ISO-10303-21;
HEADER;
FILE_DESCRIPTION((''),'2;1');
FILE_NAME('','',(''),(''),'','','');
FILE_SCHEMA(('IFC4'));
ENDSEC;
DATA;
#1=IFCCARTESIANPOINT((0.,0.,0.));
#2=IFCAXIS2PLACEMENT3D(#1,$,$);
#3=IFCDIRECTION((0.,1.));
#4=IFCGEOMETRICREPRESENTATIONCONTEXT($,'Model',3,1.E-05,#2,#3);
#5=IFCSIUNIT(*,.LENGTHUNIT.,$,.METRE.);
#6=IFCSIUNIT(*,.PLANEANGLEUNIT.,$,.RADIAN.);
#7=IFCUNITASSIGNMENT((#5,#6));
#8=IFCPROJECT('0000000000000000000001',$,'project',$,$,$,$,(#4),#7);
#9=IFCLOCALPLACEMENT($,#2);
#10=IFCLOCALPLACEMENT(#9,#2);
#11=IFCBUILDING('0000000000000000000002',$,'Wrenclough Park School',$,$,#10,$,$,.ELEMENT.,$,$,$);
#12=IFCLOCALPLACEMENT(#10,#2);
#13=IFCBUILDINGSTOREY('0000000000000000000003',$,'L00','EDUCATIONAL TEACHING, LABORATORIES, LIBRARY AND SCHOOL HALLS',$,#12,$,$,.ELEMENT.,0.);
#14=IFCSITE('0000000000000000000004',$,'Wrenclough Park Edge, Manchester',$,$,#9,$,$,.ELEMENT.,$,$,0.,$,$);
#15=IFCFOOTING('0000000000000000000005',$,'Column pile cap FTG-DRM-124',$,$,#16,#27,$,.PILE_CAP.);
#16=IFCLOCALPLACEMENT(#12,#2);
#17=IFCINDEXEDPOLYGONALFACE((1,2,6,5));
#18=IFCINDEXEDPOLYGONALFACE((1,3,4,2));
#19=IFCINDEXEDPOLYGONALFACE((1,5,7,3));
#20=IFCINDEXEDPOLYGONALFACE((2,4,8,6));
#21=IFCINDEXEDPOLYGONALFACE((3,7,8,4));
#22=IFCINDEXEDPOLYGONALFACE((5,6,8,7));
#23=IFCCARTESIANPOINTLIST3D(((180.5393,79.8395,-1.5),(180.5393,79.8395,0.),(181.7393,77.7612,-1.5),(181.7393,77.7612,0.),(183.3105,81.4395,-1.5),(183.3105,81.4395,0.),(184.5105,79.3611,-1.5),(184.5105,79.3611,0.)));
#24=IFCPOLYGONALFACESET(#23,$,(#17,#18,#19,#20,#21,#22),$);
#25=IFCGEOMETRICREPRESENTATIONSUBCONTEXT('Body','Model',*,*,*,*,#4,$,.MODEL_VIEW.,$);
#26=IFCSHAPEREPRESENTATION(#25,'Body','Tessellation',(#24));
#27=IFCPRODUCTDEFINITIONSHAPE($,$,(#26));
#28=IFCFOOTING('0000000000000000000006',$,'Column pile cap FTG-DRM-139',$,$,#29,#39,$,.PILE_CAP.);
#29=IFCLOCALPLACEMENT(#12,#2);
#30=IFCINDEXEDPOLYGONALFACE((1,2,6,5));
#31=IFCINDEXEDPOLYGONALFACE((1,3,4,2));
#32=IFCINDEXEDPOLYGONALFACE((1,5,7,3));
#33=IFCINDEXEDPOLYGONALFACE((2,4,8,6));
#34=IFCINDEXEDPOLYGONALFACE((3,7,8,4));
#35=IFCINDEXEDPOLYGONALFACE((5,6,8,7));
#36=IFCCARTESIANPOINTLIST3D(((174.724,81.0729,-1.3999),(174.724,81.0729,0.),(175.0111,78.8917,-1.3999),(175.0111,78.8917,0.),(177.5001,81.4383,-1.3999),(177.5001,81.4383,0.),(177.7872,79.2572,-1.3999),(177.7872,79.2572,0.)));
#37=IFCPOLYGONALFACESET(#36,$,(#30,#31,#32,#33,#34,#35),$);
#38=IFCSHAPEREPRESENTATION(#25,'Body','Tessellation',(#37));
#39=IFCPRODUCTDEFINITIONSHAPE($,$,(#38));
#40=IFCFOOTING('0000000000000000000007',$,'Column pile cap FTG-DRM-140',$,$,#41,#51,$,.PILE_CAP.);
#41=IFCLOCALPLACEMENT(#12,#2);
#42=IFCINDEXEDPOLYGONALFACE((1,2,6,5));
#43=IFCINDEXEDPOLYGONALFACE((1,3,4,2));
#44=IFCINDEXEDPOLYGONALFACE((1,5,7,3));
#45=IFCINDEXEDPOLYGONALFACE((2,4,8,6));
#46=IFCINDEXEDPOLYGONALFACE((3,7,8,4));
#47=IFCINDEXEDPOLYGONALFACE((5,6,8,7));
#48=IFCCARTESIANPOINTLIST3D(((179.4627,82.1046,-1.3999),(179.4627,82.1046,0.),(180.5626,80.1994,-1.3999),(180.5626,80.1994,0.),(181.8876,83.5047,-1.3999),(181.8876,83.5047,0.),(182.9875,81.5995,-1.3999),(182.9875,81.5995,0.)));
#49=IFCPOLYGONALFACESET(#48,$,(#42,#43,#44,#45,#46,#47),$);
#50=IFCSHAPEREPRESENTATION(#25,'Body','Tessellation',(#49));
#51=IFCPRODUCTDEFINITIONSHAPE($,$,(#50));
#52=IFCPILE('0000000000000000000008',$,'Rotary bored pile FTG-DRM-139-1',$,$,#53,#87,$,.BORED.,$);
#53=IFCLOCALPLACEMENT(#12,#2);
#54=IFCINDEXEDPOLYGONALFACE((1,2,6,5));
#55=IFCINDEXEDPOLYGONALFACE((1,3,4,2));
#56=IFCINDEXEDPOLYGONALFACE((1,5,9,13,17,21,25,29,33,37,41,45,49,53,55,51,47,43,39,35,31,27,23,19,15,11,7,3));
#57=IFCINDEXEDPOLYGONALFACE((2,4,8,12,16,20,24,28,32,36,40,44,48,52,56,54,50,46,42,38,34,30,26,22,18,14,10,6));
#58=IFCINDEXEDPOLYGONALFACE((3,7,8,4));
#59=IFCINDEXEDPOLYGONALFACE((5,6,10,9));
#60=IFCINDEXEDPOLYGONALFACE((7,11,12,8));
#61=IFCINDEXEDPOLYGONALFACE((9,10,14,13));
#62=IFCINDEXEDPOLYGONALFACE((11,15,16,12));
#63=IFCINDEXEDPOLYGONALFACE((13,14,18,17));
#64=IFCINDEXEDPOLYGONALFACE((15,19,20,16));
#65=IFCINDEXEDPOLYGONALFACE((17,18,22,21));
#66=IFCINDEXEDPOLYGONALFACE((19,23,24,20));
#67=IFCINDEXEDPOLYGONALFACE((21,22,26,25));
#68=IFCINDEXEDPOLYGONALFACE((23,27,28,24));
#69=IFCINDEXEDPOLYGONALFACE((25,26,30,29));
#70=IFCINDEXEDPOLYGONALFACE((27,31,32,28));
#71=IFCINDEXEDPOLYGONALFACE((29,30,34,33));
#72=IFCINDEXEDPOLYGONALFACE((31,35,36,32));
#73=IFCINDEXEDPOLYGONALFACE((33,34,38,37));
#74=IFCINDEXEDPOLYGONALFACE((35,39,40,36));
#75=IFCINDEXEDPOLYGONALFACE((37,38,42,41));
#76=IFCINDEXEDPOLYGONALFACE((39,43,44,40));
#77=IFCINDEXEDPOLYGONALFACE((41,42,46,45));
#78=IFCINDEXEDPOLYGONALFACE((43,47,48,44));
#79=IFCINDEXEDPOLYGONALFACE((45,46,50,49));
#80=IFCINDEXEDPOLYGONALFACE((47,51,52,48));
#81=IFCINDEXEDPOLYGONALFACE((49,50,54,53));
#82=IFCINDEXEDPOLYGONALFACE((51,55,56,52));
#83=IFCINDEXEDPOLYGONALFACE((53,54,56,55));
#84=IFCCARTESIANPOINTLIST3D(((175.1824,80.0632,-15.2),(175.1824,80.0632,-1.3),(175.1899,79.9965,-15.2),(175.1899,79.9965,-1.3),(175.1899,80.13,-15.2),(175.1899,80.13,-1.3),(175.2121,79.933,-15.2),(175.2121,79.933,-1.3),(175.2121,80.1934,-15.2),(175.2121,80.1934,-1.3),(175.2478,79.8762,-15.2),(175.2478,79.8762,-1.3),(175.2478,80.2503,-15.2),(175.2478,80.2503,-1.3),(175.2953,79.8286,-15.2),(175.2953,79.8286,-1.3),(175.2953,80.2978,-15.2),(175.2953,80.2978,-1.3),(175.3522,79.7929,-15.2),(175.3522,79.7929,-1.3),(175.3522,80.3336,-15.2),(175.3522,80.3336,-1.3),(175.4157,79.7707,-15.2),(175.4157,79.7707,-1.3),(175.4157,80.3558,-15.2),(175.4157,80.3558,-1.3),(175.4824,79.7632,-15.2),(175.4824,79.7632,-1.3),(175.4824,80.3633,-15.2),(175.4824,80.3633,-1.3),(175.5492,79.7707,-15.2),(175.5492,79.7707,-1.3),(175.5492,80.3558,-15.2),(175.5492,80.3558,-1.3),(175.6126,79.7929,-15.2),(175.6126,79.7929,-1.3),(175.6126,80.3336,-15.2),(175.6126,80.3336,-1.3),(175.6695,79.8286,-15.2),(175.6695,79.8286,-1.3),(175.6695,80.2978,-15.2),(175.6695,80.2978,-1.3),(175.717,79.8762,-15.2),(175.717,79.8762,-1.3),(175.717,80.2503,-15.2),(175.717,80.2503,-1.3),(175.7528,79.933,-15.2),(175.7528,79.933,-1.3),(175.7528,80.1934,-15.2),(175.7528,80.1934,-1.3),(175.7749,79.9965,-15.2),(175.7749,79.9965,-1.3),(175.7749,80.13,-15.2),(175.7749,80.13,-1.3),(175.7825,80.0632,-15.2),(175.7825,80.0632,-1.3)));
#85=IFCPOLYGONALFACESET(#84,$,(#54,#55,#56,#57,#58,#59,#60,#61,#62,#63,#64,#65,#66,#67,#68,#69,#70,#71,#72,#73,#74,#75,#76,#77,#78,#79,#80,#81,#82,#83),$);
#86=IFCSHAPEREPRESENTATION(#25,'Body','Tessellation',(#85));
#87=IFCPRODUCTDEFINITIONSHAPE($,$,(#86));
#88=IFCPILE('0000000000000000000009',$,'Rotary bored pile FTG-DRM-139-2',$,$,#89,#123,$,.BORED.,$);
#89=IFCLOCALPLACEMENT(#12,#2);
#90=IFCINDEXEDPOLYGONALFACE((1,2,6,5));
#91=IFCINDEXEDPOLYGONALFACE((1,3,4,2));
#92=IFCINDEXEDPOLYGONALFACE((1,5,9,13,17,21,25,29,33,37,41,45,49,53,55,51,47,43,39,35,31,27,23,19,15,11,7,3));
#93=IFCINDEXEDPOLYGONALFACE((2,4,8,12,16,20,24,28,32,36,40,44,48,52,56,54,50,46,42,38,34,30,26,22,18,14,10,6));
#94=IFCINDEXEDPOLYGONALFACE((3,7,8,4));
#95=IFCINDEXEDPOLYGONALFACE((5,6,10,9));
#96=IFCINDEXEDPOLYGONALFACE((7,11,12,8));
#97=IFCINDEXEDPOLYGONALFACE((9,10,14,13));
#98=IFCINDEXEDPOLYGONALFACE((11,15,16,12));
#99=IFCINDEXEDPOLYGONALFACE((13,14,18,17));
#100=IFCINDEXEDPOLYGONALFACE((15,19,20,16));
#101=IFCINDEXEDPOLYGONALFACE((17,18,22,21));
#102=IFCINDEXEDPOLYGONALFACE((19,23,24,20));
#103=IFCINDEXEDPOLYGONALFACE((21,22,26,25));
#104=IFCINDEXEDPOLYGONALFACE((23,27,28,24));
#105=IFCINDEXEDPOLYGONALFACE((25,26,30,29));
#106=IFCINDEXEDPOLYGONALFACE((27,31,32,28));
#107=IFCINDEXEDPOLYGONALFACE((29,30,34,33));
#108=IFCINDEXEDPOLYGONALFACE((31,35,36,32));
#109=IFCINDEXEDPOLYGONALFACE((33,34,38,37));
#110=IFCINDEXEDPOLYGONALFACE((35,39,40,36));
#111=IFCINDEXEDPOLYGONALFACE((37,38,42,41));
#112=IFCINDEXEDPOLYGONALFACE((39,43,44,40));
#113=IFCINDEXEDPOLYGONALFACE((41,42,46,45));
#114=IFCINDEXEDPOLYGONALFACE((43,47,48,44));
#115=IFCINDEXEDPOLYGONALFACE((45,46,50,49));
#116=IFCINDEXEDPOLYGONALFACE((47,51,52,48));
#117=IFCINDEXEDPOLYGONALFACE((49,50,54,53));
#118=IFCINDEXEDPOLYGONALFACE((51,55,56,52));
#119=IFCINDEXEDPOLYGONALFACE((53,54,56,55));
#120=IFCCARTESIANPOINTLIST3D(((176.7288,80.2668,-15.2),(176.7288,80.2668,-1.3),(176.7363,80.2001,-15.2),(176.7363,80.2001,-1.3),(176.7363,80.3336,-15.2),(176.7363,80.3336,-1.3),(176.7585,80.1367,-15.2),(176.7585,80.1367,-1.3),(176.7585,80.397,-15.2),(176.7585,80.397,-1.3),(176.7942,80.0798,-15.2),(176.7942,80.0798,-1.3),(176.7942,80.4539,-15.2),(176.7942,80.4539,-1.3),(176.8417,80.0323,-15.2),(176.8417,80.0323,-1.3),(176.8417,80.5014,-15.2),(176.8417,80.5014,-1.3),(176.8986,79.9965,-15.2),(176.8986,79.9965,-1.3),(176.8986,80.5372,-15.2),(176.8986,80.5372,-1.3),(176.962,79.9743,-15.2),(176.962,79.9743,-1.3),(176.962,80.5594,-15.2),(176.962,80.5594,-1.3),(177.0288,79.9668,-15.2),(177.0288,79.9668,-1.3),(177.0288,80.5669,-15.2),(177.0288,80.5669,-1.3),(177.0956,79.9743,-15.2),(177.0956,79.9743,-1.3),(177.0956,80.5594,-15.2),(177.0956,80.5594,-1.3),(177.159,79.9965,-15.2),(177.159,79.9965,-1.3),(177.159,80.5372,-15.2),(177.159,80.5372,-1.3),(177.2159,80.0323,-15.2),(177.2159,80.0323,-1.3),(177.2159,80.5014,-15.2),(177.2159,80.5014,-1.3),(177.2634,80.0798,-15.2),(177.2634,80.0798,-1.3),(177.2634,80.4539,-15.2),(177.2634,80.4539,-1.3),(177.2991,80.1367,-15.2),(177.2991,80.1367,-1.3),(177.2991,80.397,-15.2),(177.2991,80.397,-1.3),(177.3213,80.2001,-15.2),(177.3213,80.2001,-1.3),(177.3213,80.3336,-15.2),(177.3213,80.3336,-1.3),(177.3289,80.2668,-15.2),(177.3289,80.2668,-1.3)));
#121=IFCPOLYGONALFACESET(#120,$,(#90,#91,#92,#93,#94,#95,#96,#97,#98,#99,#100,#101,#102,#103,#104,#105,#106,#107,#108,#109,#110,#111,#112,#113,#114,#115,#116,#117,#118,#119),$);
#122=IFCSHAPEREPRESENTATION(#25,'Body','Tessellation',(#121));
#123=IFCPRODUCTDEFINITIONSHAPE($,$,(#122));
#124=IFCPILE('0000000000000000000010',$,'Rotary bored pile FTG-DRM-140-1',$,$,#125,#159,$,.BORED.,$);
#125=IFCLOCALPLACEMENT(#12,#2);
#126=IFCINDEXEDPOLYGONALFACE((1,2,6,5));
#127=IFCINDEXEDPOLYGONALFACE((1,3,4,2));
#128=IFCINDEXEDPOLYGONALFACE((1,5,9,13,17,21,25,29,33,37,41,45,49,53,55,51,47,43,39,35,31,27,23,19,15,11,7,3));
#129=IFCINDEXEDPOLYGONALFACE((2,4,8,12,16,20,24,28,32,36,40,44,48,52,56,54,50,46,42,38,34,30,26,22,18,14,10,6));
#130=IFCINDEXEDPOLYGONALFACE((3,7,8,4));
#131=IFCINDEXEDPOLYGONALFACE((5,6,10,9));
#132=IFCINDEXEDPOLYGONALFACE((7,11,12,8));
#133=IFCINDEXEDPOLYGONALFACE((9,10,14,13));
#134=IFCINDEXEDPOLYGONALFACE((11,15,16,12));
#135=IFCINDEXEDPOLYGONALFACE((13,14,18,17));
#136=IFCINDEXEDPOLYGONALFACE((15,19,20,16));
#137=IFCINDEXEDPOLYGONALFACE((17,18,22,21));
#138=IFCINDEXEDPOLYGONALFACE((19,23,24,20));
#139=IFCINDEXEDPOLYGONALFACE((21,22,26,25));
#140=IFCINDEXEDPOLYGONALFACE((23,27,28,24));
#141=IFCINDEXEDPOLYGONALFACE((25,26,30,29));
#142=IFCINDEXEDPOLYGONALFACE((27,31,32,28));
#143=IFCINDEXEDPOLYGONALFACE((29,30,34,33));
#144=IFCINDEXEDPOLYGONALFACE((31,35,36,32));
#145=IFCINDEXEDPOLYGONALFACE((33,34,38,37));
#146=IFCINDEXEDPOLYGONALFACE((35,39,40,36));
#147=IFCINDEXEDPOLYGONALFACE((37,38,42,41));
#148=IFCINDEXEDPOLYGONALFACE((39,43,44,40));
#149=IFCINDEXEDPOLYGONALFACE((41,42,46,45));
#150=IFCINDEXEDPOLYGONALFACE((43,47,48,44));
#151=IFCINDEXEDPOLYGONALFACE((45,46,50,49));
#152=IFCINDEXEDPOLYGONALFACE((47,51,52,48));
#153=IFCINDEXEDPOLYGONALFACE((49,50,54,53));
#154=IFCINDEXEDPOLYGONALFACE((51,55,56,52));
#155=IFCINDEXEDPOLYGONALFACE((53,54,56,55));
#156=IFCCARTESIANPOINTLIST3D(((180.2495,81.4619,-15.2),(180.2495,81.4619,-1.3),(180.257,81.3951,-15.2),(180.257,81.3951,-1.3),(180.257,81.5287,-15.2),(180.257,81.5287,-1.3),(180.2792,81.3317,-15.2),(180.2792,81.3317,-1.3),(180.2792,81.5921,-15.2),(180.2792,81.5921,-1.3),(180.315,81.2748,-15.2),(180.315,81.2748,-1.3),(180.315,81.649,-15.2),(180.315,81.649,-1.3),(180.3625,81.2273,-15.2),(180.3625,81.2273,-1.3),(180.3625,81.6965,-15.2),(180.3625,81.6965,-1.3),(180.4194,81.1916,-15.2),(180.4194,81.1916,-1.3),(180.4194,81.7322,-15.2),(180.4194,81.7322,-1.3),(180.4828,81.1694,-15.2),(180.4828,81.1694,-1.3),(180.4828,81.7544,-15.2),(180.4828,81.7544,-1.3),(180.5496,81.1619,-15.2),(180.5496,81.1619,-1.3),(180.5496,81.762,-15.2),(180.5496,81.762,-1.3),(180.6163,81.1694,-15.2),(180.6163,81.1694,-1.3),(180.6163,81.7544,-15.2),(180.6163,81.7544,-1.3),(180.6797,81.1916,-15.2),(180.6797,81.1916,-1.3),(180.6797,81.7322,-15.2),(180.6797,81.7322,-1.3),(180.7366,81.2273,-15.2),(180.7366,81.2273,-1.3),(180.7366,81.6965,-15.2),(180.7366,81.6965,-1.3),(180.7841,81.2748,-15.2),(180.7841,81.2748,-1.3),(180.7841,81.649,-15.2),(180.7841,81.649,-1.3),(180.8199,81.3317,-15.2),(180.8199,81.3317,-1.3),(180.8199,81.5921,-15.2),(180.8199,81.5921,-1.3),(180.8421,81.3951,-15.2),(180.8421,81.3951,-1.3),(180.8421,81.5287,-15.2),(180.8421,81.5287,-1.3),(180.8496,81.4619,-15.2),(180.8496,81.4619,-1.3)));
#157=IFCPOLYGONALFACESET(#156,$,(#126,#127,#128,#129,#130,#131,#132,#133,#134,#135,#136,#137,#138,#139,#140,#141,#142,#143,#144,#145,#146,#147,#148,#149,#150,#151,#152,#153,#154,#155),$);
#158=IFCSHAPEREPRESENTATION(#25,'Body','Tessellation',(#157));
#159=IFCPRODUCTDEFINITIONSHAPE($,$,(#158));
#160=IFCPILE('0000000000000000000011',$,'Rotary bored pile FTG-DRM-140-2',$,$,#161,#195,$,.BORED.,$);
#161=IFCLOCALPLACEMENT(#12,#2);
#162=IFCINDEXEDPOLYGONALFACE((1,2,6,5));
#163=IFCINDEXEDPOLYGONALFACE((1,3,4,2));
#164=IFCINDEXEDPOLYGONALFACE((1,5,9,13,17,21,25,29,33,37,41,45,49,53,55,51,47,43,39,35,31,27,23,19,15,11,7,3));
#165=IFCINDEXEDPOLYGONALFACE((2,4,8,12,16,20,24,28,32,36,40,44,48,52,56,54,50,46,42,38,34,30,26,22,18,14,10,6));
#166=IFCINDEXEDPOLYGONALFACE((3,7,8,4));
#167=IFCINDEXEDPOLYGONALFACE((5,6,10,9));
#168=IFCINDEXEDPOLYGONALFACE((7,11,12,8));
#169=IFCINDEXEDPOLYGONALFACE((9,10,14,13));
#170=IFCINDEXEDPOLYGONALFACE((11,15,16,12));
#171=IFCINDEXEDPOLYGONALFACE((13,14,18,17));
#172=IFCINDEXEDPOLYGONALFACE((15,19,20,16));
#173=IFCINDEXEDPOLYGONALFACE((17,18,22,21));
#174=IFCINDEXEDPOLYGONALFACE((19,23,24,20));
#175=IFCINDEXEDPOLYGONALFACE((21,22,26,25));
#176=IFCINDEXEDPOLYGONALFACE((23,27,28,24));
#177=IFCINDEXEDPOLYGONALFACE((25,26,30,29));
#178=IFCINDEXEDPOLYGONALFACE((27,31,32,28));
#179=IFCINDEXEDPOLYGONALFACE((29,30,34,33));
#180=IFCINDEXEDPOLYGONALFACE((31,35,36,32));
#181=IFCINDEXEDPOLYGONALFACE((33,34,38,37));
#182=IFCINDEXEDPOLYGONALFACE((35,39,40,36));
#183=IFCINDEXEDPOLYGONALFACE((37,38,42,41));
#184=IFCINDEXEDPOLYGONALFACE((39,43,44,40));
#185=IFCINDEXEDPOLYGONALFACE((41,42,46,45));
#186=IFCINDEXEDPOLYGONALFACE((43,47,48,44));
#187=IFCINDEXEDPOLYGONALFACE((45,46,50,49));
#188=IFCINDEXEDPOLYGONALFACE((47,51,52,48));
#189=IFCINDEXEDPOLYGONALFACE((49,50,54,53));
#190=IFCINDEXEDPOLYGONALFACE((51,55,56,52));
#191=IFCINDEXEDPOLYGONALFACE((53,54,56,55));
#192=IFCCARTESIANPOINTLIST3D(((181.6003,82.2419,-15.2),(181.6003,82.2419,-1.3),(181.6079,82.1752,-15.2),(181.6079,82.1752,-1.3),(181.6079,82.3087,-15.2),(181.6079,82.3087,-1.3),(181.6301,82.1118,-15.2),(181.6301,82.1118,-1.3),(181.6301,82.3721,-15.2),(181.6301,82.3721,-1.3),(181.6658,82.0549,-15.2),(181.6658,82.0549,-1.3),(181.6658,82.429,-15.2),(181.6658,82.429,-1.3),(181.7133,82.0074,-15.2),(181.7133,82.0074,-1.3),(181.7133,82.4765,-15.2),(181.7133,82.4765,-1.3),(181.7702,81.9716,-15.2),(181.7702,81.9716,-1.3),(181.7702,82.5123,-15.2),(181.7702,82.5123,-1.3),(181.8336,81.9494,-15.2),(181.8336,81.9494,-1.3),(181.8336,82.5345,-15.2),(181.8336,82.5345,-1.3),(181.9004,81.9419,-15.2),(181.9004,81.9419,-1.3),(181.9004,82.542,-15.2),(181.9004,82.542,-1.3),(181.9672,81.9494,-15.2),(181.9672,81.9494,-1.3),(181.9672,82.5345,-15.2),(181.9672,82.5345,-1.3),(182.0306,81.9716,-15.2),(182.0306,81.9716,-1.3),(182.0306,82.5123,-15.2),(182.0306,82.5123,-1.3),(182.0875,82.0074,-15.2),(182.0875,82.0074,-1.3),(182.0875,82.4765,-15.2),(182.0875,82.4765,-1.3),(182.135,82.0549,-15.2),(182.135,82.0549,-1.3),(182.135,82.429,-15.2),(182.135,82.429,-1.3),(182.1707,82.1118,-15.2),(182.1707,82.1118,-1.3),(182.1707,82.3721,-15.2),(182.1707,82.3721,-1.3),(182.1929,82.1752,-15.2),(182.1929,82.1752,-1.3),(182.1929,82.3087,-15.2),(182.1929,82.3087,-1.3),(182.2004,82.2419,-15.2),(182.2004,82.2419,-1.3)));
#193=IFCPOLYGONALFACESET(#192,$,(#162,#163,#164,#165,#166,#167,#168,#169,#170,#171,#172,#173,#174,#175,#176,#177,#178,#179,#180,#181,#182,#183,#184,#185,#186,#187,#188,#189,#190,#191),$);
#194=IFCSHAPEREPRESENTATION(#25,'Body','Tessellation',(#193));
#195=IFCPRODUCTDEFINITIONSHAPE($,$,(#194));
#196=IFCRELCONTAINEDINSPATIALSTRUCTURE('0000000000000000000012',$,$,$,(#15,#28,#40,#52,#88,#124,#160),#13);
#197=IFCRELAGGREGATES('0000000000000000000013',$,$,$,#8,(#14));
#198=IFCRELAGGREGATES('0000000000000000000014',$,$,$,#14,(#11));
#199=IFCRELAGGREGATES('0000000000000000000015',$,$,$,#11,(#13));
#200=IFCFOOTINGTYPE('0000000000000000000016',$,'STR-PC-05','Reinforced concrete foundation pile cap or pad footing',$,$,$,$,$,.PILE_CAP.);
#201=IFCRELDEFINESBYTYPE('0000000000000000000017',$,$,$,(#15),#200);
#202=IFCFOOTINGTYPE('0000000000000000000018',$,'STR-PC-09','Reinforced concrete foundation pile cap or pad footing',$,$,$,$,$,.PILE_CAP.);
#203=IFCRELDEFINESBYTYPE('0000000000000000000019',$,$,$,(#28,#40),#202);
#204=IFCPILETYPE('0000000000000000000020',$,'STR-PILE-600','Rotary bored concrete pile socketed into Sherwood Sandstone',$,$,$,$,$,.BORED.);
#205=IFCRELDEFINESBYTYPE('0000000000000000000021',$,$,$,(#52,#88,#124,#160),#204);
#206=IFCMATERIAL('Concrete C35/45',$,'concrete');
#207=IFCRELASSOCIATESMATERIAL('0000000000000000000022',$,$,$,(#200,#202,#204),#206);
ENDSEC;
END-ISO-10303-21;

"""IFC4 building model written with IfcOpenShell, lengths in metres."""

from ifc_helpers import new_model, si_unit, direction, frame, origin, origin_2d, place, context, subcontext, project, spatial, rectangle, circle, extrude, material, material_profile, profile_set, type_object, element, save


model = new_model("IFC4")

# Units and contexts
model_context = context("Model", 3, precision=1e-05, world=origin(), true_north=direction((0.0, 1.0)))
body_context = subcontext(model_context, "Body", "Model", "MODEL_VIEW")
ifc_project = project(units=[si_unit("LENGTHUNIT", "METRE"), si_unit("PLANEANGLEUNIT", "RADIAN")], contexts=[model_context])

# Site, building, storey
site_placement = place(None, origin())
site = spatial("IfcSite", under=ifc_project, at=site_placement, Name="Wrenclough Park Edge, Manchester", CompositionType="ELEMENT", RefElevation=0.0)
building_placement = place(site_placement, origin())
building = spatial("IfcBuilding", under=site, at=building_placement, Name="Wrenclough Park School", CompositionType="ELEMENT")
storey_placement = place(building_placement, origin())
storey = spatial("IfcBuildingStorey", under=building, at=storey_placement, Name="L00", Description="EDUCATIONAL TEACHING, LABORATORIES, LIBRARY AND SCHOOL HALLS", CompositionType="ELEMENT", Elevation=0.0)

# Footings
ifc_material_1 = material(Name="Concrete C35/45", Category="concrete")
footing_type_1 = type_object("IfcFootingType", Name="STR-PC-05", Description="Reinforced concrete foundation pile cap or pad footing", PredefinedType="PILE_CAP", material=ifc_material_1)
footing_placement = place(storey_placement, frame((182.5249, 79.6003, -1.5), z_axis=(0.0, 0.0, 1.0), x_axis=(0.866025, 0.5, 0.0)))
element("IfcFooting", 1, at=footing_placement, inside=storey, type_object=footing_type_1, Name="Column pile cap FTG-DRM-124", PredefinedType="PILE_CAP", context=body_context, shape_type="SweptSolid", body=[
    extrude(rectangle(XDim=3.2, YDim=2.3999, at=origin_2d()), origin(), (0.0, 0.0, 1.0), 1.5),
])
footing_type_2 = type_object("IfcFootingType", Name="STR-PC-09", Description="Reinforced concrete foundation pile cap or pad footing", PredefinedType="PILE_CAP", material=ifc_material_1)
for number, where, z_axis, x_axis, name in (
    (2, (176.2556, 80.165, -1.3999), (0.0, 0.0, 1.0), (0.991445, 0.130526, 0.0), "Column pile cap FTG-DRM-139"),
    (3, (181.2251, 81.8521, -1.3999), (0.0, 0.0, 1.0), (0.866025, 0.5, 0.0), "Column pile cap FTG-DRM-140"),
):
    element("IfcFooting", number, at=place(storey_placement, frame(where, z_axis=z_axis, x_axis=x_axis)), inside=storey, type_object=footing_type_2, Name=name, PredefinedType="PILE_CAP", context=body_context, shape_type="SweptSolid", body=[
        extrude(rectangle(XDim=2.8, YDim=2.2, at=origin_2d()), origin(), (0.0, 0.0, 1.0), 1.3999),
    ])

# Piles
ifc_material_profile_1 = material_profile(ifc_material_1, circle(Radius=0.3, at=origin_2d()), Name="BORED PILE D600")
ifc_profile_set_1 = profile_set([ifc_material_profile_1], Name="Concrete C35/45")
pile_type_1 = type_object("IfcPileType", Name="STR-PILE-600", Description="Rotary bored concrete pile socketed into Sherwood Sandstone", PredefinedType="BORED", material=ifc_profile_set_1)
for number, where, z_axis, x_axis, name in (
    (4, (175.4824, 80.0632, -1.3), (0.0, 0.0, -1.0), (1.0, 0.0, 0.0), "Rotary bored pile FTG-DRM-139-1"),
    (5, (177.0288, 80.2668, -1.3), (0.0, 0.0, -1.0), (1.0, 0.0, 0.0), "Rotary bored pile FTG-DRM-139-2"),
    (6, (180.5496, 81.4619, -1.3), (0.0, 0.0, -1.0), (1.0, 0.0, 0.0), "Rotary bored pile FTG-DRM-140-1"),
    (7, (181.9004, 82.2419, -1.3), (0.0, 0.0, -1.0), (1.0, 0.0, 0.0), "Rotary bored pile FTG-DRM-140-2"),
):
    element("IfcPile", number, at=place(storey_placement, frame(where, z_axis=z_axis, x_axis=x_axis)), inside=storey, type_object=pile_type_1, Name=name, PredefinedType="BORED", context=body_context, shape_type="SweptSolid", body=[
        extrude(circle(Radius=0.3, at=origin_2d()), origin(), (0.0, 0.0, 1.0), 13.8999),
    ])

save(model, "model.ifc")
